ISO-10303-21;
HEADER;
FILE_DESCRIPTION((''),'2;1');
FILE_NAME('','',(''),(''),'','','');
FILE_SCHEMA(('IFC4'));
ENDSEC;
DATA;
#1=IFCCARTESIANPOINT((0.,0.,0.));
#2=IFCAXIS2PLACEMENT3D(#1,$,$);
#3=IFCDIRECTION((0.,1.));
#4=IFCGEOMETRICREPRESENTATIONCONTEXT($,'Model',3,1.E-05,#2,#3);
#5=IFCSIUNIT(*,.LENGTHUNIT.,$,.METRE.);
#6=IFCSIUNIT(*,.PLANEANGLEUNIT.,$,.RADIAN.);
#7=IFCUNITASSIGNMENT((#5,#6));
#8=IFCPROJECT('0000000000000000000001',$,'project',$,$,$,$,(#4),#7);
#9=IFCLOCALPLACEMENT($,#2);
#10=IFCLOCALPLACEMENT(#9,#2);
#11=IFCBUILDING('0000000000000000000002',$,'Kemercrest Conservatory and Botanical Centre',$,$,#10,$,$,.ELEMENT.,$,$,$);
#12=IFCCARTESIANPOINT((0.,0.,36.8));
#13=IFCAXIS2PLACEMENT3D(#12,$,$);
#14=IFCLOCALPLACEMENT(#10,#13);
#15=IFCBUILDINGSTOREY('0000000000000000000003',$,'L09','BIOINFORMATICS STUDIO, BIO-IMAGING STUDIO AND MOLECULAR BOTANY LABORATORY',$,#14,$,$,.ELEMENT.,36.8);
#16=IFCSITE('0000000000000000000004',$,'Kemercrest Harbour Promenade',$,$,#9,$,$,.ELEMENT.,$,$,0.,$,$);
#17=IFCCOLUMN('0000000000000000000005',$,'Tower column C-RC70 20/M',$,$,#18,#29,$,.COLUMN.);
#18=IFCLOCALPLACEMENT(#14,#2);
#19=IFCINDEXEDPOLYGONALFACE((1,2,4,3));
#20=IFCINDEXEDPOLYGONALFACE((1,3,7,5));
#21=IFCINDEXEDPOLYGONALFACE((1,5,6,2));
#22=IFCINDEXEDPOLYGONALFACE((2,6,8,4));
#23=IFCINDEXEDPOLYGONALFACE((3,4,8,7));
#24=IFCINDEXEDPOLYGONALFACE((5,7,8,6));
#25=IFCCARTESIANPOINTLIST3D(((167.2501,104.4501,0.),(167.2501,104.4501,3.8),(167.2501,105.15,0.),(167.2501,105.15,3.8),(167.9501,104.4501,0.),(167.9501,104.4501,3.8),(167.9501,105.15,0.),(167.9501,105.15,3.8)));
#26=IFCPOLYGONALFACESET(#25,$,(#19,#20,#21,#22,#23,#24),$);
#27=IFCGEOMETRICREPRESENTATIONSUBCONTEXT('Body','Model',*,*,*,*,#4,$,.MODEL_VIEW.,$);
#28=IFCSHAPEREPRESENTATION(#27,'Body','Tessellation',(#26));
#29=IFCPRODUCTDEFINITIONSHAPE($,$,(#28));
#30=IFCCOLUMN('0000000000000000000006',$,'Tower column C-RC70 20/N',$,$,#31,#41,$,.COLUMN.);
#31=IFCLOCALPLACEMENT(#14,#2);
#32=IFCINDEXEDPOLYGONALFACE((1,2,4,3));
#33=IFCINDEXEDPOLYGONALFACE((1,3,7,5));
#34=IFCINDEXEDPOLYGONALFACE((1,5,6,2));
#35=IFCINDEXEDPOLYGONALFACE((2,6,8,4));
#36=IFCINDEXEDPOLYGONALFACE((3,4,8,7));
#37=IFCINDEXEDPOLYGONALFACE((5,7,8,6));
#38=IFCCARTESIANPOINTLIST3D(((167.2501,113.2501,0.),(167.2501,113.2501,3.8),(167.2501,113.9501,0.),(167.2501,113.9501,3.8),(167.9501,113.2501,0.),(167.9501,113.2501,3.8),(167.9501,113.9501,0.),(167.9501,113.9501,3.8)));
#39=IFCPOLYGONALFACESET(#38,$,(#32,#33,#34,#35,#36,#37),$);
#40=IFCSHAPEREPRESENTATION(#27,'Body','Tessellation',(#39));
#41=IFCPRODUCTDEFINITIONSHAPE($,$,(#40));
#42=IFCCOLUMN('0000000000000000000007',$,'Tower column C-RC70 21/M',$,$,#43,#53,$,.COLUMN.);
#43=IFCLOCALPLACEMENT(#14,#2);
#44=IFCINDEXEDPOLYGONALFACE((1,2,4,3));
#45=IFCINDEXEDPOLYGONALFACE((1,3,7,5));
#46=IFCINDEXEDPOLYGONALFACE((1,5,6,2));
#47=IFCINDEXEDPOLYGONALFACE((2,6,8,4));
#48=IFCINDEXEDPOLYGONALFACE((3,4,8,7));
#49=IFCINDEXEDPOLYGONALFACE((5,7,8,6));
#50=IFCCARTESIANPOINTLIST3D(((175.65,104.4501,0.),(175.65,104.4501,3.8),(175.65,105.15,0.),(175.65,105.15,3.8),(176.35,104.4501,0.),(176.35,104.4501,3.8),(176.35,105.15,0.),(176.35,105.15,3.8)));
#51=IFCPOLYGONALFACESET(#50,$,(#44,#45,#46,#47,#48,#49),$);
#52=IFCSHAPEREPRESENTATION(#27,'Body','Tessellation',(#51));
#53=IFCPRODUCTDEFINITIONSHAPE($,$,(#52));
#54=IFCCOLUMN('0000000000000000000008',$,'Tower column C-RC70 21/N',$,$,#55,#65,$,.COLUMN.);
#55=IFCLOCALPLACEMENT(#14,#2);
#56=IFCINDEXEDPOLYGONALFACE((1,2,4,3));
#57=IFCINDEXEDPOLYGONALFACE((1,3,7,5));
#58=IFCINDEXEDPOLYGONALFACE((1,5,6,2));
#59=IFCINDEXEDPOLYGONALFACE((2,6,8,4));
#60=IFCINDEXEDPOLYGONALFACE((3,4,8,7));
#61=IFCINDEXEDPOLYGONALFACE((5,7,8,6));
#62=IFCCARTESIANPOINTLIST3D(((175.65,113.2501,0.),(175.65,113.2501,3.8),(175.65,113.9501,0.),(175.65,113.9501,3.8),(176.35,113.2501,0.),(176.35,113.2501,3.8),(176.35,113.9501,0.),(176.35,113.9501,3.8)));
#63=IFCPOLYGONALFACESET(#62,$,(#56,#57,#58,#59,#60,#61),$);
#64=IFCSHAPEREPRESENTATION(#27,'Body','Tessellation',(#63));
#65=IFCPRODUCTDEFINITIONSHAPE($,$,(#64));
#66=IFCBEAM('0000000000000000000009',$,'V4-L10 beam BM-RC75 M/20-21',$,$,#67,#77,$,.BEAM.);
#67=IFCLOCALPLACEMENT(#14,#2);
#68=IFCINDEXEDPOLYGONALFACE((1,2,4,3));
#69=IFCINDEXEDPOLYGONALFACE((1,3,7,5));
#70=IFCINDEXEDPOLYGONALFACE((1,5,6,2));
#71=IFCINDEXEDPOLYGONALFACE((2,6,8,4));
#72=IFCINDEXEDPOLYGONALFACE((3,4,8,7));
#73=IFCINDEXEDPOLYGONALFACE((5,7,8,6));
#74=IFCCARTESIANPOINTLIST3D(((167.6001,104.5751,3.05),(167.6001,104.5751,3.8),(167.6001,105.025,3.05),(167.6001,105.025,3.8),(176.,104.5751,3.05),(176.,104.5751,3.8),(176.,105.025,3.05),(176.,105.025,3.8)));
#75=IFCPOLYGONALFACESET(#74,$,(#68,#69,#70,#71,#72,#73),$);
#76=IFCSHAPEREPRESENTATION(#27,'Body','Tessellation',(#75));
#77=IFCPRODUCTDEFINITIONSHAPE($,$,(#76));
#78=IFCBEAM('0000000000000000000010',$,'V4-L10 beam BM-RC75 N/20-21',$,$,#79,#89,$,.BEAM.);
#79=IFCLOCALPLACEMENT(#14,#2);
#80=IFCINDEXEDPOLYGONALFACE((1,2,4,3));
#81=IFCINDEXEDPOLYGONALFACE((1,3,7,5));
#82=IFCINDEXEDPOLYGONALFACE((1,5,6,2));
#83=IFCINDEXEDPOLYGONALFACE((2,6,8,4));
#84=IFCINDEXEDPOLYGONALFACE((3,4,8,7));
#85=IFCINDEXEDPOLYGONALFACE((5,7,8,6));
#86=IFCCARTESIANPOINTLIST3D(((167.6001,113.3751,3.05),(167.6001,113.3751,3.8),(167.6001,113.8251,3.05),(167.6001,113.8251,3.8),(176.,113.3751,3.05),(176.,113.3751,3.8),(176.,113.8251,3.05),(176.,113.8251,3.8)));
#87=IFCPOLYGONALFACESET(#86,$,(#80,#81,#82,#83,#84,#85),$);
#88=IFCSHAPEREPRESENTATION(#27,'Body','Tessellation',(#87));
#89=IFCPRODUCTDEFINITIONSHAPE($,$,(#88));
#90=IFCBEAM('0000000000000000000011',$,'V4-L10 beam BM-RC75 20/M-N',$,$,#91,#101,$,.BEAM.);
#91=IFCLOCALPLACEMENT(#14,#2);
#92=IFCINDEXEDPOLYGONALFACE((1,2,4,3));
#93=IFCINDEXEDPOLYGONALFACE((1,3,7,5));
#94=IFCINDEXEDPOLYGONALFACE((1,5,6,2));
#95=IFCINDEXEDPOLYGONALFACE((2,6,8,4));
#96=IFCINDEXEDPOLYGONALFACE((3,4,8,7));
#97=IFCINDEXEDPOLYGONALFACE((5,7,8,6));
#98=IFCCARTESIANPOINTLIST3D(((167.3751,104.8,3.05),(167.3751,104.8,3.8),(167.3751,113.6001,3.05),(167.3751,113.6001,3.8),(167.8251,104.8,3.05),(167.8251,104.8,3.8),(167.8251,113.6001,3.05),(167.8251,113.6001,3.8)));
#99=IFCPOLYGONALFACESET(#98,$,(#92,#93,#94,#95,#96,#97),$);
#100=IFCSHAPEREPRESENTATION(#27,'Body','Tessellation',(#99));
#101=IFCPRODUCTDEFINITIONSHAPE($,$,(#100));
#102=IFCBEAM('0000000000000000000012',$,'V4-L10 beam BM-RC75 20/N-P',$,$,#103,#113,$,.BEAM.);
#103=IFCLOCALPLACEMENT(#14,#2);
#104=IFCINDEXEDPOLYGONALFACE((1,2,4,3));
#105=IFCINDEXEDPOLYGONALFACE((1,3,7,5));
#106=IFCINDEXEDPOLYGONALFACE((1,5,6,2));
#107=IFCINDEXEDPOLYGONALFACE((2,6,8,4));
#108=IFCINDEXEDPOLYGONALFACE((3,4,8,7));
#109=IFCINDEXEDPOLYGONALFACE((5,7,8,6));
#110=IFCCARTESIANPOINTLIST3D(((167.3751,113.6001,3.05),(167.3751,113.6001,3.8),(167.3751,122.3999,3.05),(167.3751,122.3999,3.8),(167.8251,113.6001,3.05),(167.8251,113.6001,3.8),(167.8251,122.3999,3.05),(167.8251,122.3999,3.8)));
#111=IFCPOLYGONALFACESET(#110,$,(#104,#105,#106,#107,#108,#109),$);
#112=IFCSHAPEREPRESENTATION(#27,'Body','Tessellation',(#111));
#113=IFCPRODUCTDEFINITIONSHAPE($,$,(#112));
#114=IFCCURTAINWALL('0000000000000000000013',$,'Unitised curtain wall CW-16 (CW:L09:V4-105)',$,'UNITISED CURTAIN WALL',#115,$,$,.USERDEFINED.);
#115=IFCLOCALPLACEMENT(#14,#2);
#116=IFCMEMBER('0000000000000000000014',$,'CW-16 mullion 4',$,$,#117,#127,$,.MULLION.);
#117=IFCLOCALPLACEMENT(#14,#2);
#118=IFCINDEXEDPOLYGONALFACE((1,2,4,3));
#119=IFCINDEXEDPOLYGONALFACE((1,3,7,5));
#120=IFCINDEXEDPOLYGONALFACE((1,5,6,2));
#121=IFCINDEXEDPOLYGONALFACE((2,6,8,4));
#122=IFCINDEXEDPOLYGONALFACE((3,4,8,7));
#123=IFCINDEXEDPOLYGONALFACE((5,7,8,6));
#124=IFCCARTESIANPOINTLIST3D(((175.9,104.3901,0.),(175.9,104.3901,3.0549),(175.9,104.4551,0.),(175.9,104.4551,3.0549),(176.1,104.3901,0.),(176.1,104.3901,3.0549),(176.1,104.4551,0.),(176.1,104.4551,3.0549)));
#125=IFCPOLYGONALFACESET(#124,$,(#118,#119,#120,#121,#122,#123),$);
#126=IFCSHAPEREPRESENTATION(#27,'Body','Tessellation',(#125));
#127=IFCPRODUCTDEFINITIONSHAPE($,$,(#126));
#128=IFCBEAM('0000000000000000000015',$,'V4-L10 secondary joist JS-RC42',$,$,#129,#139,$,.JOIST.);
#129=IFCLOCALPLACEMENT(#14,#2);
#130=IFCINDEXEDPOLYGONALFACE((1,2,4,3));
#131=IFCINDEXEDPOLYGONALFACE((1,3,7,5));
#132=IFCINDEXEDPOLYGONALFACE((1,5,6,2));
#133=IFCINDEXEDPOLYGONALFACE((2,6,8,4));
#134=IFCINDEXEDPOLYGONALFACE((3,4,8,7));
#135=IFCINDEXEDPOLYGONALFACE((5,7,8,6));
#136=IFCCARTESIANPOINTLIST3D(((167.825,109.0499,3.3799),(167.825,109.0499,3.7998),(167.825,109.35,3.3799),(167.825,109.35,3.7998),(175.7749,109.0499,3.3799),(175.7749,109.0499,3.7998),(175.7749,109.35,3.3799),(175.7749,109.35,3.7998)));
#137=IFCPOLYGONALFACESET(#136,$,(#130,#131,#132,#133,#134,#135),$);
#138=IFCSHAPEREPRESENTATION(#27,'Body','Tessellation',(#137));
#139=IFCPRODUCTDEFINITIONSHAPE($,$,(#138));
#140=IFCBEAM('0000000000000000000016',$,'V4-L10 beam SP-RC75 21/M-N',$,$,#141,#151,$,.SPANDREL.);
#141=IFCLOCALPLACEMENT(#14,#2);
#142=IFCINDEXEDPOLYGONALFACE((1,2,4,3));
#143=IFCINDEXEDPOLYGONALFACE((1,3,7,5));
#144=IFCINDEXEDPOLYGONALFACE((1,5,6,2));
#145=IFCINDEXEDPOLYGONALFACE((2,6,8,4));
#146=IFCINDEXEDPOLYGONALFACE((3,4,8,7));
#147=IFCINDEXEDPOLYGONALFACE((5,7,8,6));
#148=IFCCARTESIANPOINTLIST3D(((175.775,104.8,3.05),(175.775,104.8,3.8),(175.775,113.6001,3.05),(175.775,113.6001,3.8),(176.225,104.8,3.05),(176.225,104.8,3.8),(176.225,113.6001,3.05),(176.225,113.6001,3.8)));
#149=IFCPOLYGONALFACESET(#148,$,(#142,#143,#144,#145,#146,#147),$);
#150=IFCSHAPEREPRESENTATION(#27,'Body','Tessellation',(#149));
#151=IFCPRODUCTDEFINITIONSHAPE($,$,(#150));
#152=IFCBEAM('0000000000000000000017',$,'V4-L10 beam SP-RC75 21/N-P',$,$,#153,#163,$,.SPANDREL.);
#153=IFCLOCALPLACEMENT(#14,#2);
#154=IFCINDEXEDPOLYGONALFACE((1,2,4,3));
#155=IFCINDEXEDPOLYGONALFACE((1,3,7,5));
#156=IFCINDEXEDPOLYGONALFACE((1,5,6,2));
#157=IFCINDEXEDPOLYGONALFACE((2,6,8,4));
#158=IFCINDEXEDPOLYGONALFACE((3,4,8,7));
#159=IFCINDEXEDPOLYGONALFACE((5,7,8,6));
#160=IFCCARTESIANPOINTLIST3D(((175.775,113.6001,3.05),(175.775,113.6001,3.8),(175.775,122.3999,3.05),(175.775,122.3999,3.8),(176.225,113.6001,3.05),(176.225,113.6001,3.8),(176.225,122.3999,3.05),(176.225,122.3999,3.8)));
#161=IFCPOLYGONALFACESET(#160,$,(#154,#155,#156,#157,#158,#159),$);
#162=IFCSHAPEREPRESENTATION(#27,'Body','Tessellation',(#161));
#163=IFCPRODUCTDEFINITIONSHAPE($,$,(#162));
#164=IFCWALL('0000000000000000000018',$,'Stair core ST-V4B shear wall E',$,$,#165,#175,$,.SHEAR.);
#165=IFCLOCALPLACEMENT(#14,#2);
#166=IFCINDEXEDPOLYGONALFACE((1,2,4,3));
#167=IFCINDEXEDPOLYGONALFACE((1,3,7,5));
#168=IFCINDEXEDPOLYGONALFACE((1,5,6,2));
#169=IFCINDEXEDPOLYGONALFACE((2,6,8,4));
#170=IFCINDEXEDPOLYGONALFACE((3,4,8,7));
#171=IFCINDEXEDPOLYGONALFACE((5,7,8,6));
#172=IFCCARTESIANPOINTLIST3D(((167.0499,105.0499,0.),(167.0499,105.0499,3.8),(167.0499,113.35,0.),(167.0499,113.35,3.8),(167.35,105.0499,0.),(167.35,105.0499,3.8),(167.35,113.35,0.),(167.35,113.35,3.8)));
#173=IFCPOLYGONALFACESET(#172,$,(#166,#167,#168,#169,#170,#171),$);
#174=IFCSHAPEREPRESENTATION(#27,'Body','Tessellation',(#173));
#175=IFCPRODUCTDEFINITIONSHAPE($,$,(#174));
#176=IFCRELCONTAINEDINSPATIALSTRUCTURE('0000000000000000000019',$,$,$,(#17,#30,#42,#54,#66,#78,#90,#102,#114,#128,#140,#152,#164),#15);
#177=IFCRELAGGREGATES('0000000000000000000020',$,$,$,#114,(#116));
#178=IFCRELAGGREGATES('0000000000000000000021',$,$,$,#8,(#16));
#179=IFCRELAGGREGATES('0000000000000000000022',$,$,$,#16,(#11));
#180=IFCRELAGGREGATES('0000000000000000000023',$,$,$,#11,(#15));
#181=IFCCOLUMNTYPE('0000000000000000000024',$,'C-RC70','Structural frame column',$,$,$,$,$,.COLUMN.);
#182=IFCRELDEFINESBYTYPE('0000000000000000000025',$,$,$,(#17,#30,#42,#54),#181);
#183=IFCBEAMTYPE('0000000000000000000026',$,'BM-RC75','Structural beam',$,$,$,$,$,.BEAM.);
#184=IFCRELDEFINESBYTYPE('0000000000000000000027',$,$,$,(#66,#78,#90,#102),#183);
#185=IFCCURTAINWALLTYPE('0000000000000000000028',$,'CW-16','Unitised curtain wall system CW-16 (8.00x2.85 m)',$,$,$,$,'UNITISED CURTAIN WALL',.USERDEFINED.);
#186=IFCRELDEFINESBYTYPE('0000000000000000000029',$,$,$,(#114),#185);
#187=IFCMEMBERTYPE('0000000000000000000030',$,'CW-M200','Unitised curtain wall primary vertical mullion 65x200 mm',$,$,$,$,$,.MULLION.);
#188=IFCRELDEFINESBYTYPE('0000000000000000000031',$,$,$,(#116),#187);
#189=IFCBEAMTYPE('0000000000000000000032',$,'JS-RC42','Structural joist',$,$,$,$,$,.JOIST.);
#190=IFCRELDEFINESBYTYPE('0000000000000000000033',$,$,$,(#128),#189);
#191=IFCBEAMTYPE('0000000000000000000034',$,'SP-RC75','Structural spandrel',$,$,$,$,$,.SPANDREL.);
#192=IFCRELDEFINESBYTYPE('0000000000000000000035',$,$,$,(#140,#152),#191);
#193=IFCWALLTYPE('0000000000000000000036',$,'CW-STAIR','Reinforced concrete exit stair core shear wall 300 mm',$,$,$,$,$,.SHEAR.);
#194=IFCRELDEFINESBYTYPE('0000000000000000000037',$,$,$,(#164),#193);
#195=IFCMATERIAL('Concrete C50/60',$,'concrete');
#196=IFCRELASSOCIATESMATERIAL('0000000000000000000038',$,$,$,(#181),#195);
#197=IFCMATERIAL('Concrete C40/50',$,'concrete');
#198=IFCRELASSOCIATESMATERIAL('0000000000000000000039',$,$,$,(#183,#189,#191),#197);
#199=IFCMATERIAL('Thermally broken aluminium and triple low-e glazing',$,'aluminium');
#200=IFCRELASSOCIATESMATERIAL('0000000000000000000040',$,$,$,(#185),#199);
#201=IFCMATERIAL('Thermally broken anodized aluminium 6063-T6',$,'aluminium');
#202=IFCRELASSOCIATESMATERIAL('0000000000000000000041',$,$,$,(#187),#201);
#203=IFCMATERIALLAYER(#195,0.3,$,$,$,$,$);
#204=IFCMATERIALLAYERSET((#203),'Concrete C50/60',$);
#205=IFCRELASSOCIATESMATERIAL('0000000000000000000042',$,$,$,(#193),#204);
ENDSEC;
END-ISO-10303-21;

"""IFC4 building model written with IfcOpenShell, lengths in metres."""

from ifc_helpers import new_model, si_unit, direction, frame, frame_2d, origin, origin_2d, place, context, subcontext, project, spatial, rectangle, extrude, material, layer, layer_set, material_profile, profile_set, type_object, element, aggregate, save


model = new_model("IFC4")

# Units and contexts
model_context = context("Model", 3, precision=1e-05, world=origin(), true_north=direction((0.0, 1.0)))
body_context = subcontext(model_context, "Body", "Model", "MODEL_VIEW")
ifc_project = project(units=[si_unit("LENGTHUNIT", "METRE"), si_unit("PLANEANGLEUNIT", "RADIAN")], contexts=[model_context])

# Site, building, storey
site_placement = place(None, origin())
site = spatial("IfcSite", under=ifc_project, at=site_placement, Name="Kemercrest Harbour Promenade", CompositionType="ELEMENT", RefElevation=0.0)
building_placement = place(site_placement, origin())
building = spatial("IfcBuilding", under=site, at=building_placement, Name="Kemercrest Conservatory and Botanical Centre", CompositionType="ELEMENT")
storey_placement = place(building_placement, frame((0.0, 0.0, 36.8)))
storey = spatial("IfcBuildingStorey", under=building, at=storey_placement, Name="L09", Description="BIOINFORMATICS STUDIO, BIO-IMAGING STUDIO AND MOLECULAR BOTANY LABORATORY", CompositionType="ELEMENT", Elevation=36.8)

# Columns
ifc_material_1 = material(Name="Concrete C50/60", Category="concrete")
ifc_material_profile_1 = material_profile(ifc_material_1, rectangle(XDim=0.7, YDim=0.7, at=origin_2d()), Name="RC 700x700")
ifc_profile_set_1 = profile_set([ifc_material_profile_1], Name="Concrete C50/60")
column_type = type_object("IfcColumnType", Name="C-RC70", Description="Structural frame column", PredefinedType="COLUMN", material=ifc_profile_set_1)
for number, where, z_axis, x_axis, name in (
    (1, (167.6001, 104.8, 0.0), (0.0, 0.0, 1.0), (1.0, 0.0, 0.0), "Tower column C-RC70 20/M"),
    (2, (167.6001, 113.6001, 0.0), (0.0, 0.0, 1.0), (1.0, 0.0, 0.0), "Tower column C-RC70 20/N"),
    (3, (176.0, 104.8, 0.0), (0.0, 0.0, 1.0), (1.0, 0.0, 0.0), "Tower column C-RC70 21/M"),
    (4, (176.0, 113.6001, 0.0), (0.0, 0.0, 1.0), (1.0, 0.0, 0.0), "Tower column C-RC70 21/N"),
):
    element("IfcColumn", number, at=place(storey_placement, frame(where, z_axis=z_axis, x_axis=x_axis)), inside=storey, type_object=column_type, Name=name, PredefinedType="COLUMN", context=body_context, shape_type="SweptSolid", body=[
        extrude(rectangle(XDim=0.7, YDim=0.7, at=origin_2d()), origin(), (0.0, 0.0, 1.0), 3.8),
    ])

# Beams
ifc_material_2 = material(Name="Concrete C40/50", Category="concrete")
ifc_material_profile_2 = material_profile(ifc_material_2, rectangle(XDim=0.45, YDim=0.75, at=origin_2d()), Name="RC 450x750")
ifc_profile_set_2 = profile_set([ifc_material_profile_2], Name="Concrete C40/50")
beam_type_1 = type_object("IfcBeamType", Name="BM-RC75", Description="Structural beam", PredefinedType="BEAM", material=ifc_profile_set_2)
for number, where, z_axis, x_axis, name in (
    (5, (167.6001, 104.8, 3.425), (1.0, 0.0, 0.0), (0.0, 1.0, 0.0), "V4-L10 beam BM-RC75 M/20-21"),
    (6, (167.6001, 113.6001, 3.425), (1.0, 0.0, 0.0), (0.0, 1.0, 0.0), "V4-L10 beam BM-RC75 N/20-21"),
):
    element("IfcBeam", number, at=place(storey_placement, frame(where, z_axis=z_axis, x_axis=x_axis)), inside=storey, type_object=beam_type_1, Name=name, PredefinedType="BEAM", context=body_context, shape_type="SweptSolid", body=[
        extrude(rectangle(XDim=0.45, YDim=0.75, at=origin_2d()), origin(), (0.0, 0.0, 1.0), 8.3999),
    ])
beam_1_placement = place(storey_placement, frame((167.6001, 104.8, 3.425), z_axis=(0.0, 1.0, 0.0), x_axis=(-1.0, 0.0, 0.0)))
element("IfcBeam", 7, at=beam_1_placement, inside=storey, type_object=beam_type_1, Name="V4-L10 beam BM-RC75 20/M-N", PredefinedType="BEAM", context=body_context, shape_type="SweptSolid", body=[
    extrude(rectangle(XDim=0.45, YDim=0.75, at=origin_2d()), origin(), (0.0, 0.0, 1.0), 8.8),
])
beam_2_placement = place(storey_placement, frame((167.6001, 113.6001, 3.425), z_axis=(0.0, 1.0, 0.0), x_axis=(-1.0, 0.0, 0.0)))
element("IfcBeam", 8, at=beam_2_placement, inside=storey, type_object=beam_type_1, Name="V4-L10 beam BM-RC75 20/N-P", PredefinedType="BEAM", context=body_context, shape_type="SweptSolid", body=[
    extrude(rectangle(XDim=0.45, YDim=0.75, at=origin_2d()), origin(), (0.0, 0.0, 1.0), 8.7998),
])

# Curtain wall, member
ifc_material_3 = material(Name="Thermally broken aluminium and triple low-e glazing", Category="aluminium")
curtain_wall_type = type_object("IfcCurtainWallType", Name="CW-16", Description="Unitised curtain wall system CW-16 (8.00x2.85 m)", ElementType="UNITISED CURTAIN WALL", PredefinedType="USERDEFINED", material=ifc_material_3)
curtain_wall_placement = place(storey_placement, origin())
curtain_wall = element("IfcCurtainWall", 9, at=curtain_wall_placement, inside=storey, type_object=curtain_wall_type, Name="Unitised curtain wall CW-16 (CW:L09:V4-105)", ObjectType="UNITISED CURTAIN WALL", PredefinedType="USERDEFINED")
ifc_material_4 = material(Name="Thermally broken anodized aluminium 6063-T6", Category="aluminium")
ifc_material_profile_3 = material_profile(ifc_material_4, rectangle(XDim=0.2, YDim=0.0649, at=origin_2d()), Name="AL MULLION 65x200")
ifc_profile_set_3 = profile_set([ifc_material_profile_3], Name="Thermally broken anodized aluminium 6063-T6")
member_type = type_object("IfcMemberType", Name="CW-M200", Description="Unitised curtain wall primary vertical mullion 65x200 mm", PredefinedType="MULLION", material=ifc_profile_set_3)
member_placement = place(storey_placement, frame((176.0, 104.4226, 0.0), z_axis=(0.0, 0.0, 1.0), x_axis=(-1.0, 0.0, 0.0)))
member = element("IfcMember", 10, at=member_placement, type_object=member_type, Name="CW-16 mullion 4", PredefinedType="MULLION", context=body_context, shape_type="SweptSolid", body=[
    extrude(rectangle(XDim=0.2, YDim=0.0649, at=origin_2d()), origin(), (0.0, 0.0, 1.0), 3.0549),
])
aggregate(curtain_wall, [member])

# Beams
ifc_material_profile_4 = material_profile(ifc_material_2, rectangle(XDim=0.3, YDim=0.4199, at=origin_2d()), Name="RC 300x420")
ifc_profile_set_4 = profile_set([ifc_material_profile_4], Name="Concrete C40/50")
beam_type_2 = type_object("IfcBeamType", Name="JS-RC42", Description="Structural joist", PredefinedType="JOIST", material=ifc_profile_set_4)
beam_3_placement = place(storey_placement, frame((167.825, 109.2, 3.5898), z_axis=(1.0, 0.0, 0.0), x_axis=(0.0, 1.0, 0.0)))
element("IfcBeam", 11, at=beam_3_placement, inside=storey, type_object=beam_type_2, Name="V4-L10 secondary joist JS-RC42", PredefinedType="JOIST", context=body_context, shape_type="SweptSolid", body=[
    extrude(rectangle(XDim=0.3, YDim=0.4199, at=origin_2d()), origin(), (0.0, 0.0, 1.0), 7.95),
])
ifc_material_profile_5 = material_profile(ifc_material_2, rectangle(XDim=0.45, YDim=0.75, at=origin_2d()), Name="RC 450x750")
ifc_profile_set_5 = profile_set([ifc_material_profile_5], Name="Concrete C40/50")
beam_type_3 = type_object("IfcBeamType", Name="SP-RC75", Description="Structural spandrel", PredefinedType="SPANDREL", material=ifc_profile_set_5)
beam_4_placement = place(storey_placement, frame((176.0, 104.8, 3.425), z_axis=(0.0, 1.0, 0.0), x_axis=(-1.0, 0.0, 0.0)))
element("IfcBeam", 12, at=beam_4_placement, inside=storey, type_object=beam_type_3, Name="V4-L10 beam SP-RC75 21/M-N", PredefinedType="SPANDREL", context=body_context, shape_type="SweptSolid", body=[
    extrude(rectangle(XDim=0.45, YDim=0.75, at=origin_2d()), origin(), (0.0, 0.0, 1.0), 8.8),
])
beam_5_placement = place(storey_placement, frame((176.0, 113.6001, 3.425), z_axis=(0.0, 1.0, 0.0), x_axis=(-1.0, 0.0, 0.0)))
element("IfcBeam", 13, at=beam_5_placement, inside=storey, type_object=beam_type_3, Name="V4-L10 beam SP-RC75 21/N-P", PredefinedType="SPANDREL", context=body_context, shape_type="SweptSolid", body=[
    extrude(rectangle(XDim=0.45, YDim=0.75, at=origin_2d()), origin(), (0.0, 0.0, 1.0), 8.7998),
])

# Wall
ifc_layer_1 = layer(ifc_material_1, 0.3)
ifc_layer_set_1 = layer_set([ifc_layer_1], Name="Concrete C50/60")
wall_type_1 = type_object("IfcWallType", Name="CW-STAIR", Description="Reinforced concrete exit stair core shear wall 300 mm", PredefinedType="SHEAR", material=ifc_layer_set_1)
wall_1_placement = place(storey_placement, frame((167.2, 105.05, 0.0), z_axis=(0.0, 0.0, 1.0), x_axis=(0.0, 1.0, 0.0)))
element("IfcWall", 14, at=wall_1_placement, inside=storey, type_object=wall_type_1, Name="Stair core ST-V4B shear wall E", PredefinedType="SHEAR", context=body_context, shape_type="SweptSolid", body=[
    extrude(rectangle(XDim=8.3, YDim=0.3, at=frame_2d((4.1499, 0.0))), origin(), (0.0, 0.0, 1.0), 3.8),
])

save(model, "model.ifc")
